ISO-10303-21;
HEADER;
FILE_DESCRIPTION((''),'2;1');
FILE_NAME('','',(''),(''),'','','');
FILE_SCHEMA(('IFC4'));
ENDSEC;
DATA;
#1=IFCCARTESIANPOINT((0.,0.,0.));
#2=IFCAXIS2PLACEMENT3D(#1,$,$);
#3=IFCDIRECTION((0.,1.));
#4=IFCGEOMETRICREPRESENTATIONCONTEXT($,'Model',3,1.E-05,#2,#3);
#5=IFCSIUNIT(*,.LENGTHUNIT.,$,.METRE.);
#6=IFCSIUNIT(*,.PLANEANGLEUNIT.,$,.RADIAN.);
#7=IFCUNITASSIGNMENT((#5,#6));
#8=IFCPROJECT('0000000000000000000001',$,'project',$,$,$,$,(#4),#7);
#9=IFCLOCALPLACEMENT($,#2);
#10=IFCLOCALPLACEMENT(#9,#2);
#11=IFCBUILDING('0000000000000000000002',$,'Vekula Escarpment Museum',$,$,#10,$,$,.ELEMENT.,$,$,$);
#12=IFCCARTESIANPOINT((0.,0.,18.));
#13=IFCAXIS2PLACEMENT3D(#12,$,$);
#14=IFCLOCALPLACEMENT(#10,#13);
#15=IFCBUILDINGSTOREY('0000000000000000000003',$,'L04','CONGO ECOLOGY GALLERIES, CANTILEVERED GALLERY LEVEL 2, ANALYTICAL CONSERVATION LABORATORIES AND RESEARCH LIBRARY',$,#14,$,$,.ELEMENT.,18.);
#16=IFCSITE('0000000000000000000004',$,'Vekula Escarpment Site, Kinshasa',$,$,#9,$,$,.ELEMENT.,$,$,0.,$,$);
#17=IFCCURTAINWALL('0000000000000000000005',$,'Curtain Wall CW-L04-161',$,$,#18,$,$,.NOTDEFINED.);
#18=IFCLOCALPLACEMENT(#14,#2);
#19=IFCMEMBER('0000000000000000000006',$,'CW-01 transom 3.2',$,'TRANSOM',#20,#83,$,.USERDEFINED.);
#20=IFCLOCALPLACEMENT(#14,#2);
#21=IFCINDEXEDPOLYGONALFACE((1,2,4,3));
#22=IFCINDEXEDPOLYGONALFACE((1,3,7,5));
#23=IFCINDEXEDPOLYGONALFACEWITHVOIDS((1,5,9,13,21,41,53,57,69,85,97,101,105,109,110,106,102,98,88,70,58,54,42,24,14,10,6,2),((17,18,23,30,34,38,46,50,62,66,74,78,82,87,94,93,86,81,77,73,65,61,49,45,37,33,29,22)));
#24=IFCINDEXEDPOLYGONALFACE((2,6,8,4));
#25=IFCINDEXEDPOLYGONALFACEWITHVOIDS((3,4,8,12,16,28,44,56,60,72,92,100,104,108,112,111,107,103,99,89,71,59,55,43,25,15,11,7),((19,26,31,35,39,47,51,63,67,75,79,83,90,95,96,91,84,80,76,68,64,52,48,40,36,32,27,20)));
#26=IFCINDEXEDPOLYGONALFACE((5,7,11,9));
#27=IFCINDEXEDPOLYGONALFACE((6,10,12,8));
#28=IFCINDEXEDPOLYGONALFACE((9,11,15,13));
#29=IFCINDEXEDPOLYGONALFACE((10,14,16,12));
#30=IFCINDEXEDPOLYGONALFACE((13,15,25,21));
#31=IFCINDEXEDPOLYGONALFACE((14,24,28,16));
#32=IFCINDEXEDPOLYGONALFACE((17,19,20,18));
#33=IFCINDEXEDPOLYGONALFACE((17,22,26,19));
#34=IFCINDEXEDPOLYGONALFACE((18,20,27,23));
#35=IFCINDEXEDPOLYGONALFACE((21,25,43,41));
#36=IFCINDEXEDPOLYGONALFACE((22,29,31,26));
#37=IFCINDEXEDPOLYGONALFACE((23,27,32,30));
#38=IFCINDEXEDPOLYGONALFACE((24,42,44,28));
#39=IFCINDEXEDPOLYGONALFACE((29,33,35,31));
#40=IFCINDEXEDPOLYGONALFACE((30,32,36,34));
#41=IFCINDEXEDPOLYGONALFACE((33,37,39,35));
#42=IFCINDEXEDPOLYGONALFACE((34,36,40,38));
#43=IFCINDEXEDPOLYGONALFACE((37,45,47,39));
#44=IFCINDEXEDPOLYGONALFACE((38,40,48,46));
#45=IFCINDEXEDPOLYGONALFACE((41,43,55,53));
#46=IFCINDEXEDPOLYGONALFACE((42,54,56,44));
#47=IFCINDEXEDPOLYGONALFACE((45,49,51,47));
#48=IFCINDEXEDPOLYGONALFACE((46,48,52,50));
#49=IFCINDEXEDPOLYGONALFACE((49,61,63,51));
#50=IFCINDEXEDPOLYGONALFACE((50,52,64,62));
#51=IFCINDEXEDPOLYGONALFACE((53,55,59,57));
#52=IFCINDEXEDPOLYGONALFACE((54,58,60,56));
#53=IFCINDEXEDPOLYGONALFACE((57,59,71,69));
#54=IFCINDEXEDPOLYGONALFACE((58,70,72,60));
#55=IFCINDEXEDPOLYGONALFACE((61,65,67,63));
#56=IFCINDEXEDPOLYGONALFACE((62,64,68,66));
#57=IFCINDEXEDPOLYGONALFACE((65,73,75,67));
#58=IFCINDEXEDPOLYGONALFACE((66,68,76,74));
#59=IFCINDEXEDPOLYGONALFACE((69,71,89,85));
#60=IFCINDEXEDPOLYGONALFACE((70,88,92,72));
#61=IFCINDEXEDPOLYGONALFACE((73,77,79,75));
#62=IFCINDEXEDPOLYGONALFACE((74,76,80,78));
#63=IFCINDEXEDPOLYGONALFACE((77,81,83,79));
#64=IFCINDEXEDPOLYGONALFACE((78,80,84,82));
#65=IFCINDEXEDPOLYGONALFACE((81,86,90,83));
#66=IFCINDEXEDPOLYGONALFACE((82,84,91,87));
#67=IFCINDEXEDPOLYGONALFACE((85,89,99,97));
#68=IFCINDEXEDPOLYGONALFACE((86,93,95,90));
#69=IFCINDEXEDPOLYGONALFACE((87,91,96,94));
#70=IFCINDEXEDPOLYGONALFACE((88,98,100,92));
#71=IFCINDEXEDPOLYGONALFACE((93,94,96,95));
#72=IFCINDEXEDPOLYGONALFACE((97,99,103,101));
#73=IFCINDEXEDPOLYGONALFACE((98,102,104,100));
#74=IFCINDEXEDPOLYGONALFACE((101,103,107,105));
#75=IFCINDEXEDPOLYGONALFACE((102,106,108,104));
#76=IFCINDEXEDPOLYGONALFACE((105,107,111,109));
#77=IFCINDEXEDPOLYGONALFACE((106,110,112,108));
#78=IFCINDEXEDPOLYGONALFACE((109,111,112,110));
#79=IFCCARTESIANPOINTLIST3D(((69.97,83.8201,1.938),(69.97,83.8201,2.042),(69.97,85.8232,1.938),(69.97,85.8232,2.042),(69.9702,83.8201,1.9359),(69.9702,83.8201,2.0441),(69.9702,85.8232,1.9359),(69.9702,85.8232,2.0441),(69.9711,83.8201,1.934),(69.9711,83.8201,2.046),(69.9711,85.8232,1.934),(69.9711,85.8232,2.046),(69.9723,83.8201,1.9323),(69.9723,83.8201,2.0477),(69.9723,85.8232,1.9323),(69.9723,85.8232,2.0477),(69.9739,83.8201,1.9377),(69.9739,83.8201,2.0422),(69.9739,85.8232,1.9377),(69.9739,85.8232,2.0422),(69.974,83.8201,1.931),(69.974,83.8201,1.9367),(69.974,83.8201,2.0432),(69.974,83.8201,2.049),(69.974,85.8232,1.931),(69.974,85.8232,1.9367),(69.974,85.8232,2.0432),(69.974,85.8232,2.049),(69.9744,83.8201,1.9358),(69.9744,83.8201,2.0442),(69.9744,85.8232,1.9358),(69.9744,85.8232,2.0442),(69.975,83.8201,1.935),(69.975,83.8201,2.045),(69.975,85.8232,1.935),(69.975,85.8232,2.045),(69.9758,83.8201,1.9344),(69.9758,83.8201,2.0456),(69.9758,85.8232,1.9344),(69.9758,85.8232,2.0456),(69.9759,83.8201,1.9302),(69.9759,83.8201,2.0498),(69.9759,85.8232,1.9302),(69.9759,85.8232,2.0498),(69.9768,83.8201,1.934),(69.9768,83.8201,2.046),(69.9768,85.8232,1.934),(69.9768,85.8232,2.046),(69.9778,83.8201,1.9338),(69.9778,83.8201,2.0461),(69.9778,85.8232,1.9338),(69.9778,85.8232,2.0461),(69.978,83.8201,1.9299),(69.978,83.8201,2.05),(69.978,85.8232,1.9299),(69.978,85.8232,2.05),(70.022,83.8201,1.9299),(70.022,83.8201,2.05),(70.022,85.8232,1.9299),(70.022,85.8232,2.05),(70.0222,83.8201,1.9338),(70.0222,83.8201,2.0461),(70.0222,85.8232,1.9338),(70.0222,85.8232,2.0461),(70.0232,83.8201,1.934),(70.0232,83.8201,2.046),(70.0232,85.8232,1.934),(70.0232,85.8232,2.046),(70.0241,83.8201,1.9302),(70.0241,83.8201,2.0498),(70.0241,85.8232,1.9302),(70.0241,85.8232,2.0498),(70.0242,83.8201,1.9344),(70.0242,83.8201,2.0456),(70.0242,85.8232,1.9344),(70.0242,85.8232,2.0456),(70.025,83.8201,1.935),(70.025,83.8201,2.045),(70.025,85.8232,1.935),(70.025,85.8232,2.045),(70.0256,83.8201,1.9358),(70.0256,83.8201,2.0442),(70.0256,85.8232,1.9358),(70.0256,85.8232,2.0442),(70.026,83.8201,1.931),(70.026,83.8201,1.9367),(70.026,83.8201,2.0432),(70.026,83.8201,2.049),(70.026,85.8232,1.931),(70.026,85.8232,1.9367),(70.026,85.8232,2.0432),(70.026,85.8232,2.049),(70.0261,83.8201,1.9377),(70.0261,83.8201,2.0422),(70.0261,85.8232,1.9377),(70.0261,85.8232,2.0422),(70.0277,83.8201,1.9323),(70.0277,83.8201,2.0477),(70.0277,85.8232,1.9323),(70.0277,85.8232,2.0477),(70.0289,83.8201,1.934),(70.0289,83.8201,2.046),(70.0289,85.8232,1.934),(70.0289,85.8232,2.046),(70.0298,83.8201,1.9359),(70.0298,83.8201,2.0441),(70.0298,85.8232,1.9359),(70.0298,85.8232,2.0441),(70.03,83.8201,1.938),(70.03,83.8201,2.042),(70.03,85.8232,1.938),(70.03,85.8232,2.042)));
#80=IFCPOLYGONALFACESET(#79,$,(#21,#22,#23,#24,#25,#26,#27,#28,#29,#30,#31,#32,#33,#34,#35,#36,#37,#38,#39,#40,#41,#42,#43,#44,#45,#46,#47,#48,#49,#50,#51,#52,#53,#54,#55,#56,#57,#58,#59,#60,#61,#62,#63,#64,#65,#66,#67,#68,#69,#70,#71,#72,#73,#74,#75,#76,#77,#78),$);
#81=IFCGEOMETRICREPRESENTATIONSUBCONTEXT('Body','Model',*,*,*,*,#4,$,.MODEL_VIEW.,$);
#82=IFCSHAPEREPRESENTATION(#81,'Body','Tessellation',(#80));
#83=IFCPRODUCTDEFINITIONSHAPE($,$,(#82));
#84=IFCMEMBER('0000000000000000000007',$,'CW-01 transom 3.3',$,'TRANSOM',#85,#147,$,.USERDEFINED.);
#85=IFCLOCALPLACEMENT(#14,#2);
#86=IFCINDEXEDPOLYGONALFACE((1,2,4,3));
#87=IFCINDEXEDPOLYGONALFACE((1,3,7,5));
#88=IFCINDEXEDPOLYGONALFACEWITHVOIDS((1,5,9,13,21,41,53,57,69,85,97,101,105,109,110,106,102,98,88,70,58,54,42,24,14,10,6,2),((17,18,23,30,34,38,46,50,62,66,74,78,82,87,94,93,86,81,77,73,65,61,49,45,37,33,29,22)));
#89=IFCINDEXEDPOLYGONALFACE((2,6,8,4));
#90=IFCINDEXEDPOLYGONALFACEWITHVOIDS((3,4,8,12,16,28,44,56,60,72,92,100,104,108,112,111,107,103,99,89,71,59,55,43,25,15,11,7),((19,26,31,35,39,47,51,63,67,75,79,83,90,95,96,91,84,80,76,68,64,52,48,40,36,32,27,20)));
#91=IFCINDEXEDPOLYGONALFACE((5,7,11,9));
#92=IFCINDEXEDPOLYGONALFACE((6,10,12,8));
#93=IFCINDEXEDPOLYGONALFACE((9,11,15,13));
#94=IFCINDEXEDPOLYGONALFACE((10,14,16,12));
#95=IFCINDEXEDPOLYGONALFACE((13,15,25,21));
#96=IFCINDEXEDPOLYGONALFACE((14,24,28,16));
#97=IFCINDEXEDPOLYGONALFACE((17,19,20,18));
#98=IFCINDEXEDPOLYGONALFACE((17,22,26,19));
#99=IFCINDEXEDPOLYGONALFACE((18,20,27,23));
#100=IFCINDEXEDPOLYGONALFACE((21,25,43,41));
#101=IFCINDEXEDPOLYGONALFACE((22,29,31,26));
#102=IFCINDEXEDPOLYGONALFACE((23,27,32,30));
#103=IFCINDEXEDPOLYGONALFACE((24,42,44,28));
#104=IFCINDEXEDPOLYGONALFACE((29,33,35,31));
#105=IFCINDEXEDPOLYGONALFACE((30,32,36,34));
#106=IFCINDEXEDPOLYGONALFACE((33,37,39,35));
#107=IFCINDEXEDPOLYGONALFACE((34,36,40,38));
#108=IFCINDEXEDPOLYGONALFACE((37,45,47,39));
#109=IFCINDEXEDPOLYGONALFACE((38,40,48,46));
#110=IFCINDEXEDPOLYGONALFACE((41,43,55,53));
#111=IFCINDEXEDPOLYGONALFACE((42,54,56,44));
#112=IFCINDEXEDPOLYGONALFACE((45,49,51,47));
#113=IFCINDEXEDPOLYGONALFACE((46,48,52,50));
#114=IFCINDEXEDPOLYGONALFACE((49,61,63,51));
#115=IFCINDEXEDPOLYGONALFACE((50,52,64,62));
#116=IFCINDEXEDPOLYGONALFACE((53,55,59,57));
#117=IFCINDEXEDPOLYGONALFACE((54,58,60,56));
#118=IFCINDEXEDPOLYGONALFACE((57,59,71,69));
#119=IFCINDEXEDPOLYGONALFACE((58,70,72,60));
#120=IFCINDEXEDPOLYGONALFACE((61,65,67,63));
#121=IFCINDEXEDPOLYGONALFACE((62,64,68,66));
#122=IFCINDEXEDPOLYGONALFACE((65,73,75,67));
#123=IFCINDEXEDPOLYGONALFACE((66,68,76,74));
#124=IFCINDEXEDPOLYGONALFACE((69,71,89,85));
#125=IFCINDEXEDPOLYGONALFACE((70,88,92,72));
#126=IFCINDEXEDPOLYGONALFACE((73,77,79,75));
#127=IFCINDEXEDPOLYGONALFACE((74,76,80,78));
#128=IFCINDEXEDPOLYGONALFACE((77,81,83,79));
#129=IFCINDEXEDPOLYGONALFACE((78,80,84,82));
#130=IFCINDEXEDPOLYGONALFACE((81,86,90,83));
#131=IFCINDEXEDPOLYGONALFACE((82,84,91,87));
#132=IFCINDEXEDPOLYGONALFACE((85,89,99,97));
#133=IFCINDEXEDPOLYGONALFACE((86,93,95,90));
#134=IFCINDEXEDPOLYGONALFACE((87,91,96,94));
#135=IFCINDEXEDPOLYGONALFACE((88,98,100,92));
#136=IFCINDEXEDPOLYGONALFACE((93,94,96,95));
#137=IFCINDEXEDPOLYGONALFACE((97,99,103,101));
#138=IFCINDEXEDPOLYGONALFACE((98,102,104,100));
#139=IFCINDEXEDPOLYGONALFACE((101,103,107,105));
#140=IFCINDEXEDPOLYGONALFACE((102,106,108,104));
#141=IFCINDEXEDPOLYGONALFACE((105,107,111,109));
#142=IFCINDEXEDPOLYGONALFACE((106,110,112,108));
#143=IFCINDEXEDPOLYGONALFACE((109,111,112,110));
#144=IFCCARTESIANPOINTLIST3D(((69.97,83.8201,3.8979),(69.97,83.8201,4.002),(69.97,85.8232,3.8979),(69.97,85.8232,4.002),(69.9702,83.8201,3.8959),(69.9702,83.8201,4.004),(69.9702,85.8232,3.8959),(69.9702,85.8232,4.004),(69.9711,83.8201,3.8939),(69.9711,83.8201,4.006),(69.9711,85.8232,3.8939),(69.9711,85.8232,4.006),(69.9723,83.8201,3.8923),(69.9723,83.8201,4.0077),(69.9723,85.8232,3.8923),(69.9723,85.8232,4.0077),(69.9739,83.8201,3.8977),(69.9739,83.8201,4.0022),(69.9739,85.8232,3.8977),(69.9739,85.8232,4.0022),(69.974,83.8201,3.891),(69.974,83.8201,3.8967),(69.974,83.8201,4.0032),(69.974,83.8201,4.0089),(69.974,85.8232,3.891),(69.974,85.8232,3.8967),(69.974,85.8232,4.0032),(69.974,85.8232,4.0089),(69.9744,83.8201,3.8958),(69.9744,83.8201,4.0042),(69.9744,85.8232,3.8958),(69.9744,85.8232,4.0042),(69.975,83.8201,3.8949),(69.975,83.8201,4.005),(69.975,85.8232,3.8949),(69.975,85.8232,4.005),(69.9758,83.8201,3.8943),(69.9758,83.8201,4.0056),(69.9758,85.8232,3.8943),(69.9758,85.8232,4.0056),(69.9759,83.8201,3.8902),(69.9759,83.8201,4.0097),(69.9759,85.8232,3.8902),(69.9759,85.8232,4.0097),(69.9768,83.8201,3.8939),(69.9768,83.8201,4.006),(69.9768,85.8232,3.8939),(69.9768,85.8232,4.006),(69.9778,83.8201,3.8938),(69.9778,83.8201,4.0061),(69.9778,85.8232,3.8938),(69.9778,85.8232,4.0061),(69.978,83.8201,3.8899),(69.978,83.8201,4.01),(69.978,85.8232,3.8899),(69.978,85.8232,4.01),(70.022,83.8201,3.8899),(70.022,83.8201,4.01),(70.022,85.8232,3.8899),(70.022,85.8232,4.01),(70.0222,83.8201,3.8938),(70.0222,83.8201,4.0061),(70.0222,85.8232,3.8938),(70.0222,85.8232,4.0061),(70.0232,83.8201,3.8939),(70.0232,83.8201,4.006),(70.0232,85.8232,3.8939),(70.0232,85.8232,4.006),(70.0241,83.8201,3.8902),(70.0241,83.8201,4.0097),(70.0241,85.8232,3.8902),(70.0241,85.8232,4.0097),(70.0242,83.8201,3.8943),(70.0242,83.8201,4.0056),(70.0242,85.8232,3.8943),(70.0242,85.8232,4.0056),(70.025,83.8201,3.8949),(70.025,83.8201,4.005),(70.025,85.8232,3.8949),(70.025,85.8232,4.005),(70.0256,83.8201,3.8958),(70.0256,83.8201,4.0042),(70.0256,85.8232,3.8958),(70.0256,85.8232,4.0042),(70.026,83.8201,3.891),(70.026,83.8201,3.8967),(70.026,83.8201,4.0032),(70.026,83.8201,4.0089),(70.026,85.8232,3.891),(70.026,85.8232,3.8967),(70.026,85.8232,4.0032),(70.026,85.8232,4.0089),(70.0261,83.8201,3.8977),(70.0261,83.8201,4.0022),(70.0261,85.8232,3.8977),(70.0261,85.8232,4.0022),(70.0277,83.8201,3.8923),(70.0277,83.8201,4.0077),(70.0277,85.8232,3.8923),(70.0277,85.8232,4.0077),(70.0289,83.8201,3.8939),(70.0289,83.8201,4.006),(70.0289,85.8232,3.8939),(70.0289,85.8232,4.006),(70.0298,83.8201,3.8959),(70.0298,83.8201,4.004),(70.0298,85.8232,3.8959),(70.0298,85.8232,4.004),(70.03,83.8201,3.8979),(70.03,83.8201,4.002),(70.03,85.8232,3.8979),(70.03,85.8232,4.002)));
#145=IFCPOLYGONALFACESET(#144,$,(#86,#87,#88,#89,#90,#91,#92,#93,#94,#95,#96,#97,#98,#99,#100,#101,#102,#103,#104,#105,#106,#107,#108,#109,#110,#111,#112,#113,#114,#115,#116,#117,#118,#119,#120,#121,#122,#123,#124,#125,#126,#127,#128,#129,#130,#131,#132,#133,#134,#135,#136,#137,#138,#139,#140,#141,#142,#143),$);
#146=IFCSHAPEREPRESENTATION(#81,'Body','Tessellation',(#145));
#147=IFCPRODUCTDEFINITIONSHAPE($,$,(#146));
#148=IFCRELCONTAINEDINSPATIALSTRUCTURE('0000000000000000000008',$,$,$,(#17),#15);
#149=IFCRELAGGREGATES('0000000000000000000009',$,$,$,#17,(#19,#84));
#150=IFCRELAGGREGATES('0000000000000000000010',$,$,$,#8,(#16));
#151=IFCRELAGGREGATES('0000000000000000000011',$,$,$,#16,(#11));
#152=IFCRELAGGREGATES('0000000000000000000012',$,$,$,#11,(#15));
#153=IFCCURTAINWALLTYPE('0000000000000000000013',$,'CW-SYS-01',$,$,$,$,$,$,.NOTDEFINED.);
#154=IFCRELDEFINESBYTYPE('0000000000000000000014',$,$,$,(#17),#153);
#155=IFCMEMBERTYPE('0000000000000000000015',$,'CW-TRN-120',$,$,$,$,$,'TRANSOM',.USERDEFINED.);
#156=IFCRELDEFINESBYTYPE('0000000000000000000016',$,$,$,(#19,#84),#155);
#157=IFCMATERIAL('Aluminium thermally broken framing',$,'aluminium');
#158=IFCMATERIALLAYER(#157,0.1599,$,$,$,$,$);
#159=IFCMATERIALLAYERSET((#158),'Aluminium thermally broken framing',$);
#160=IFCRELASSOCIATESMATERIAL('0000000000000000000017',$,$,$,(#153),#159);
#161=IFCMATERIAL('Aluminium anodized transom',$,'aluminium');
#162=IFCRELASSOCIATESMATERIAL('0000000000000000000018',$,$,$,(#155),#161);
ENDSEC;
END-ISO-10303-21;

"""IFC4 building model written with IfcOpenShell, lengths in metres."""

from ifc_helpers import new_model, si_unit, direction, frame, origin, origin_2d, place, context, subcontext, project, spatial, hollow_rectangle, extrude, material, layer, layer_set, material_profile, profile_set, type_object, element, aggregate, save


model = new_model("IFC4")

# Units and contexts
model_context = context("Model", 3, precision=1e-05, world=origin(), true_north=direction((0.0, 1.0)))
body_context = subcontext(model_context, "Body", "Model", "MODEL_VIEW")
ifc_project = project(units=[si_unit("LENGTHUNIT", "METRE"), si_unit("PLANEANGLEUNIT", "RADIAN")], contexts=[model_context])

# Site, building, storey
site_placement = place(None, origin())
site = spatial("IfcSite", under=ifc_project, at=site_placement, Name="Vekula Escarpment Site, Kinshasa", CompositionType="ELEMENT", RefElevation=0.0)
building_placement = place(site_placement, origin())
building = spatial("IfcBuilding", under=site, at=building_placement, Name="Vekula Escarpment Museum", CompositionType="ELEMENT")
storey_placement = place(building_placement, frame((0.0, 0.0, 18.0)))
storey = spatial("IfcBuildingStorey", under=building, at=storey_placement, Name="L04", Description="CONGO ECOLOGY GALLERIES, CANTILEVERED GALLERY LEVEL 2, ANALYTICAL CONSERVATION LABORATORIES AND RESEARCH LIBRARY", CompositionType="ELEMENT", Elevation=18.0)

# Curtain wall, members
ifc_material_1 = material(Name="Aluminium thermally broken framing", Category="aluminium")
ifc_layer_1 = layer(ifc_material_1, 0.1599)
ifc_layer_set_1 = layer_set([ifc_layer_1], Name="Aluminium thermally broken framing")
curtain_wall_type = type_object("IfcCurtainWallType", Name="CW-SYS-01", PredefinedType="NOTDEFINED", material=ifc_layer_set_1)
curtain_wall_placement = place(storey_placement, origin())
curtain_wall = element("IfcCurtainWall", 1, at=curtain_wall_placement, inside=storey, type_object=curtain_wall_type, Name="Curtain Wall CW-L04-161", PredefinedType="NOTDEFINED")
ifc_material_2 = material(Name="Aluminium anodized transom", Category="aluminium")
ifc_material_profile_1 = material_profile(ifc_material_2, hollow_rectangle(XDim=0.0601, YDim=0.1201, WallThickness=0.0039, InnerFilletRadius=0.0039, OuterFilletRadius=0.0081, at=origin_2d()), Name="ALU 120x60x4")
ifc_profile_set_1 = profile_set([ifc_material_profile_1], Name="Aluminium anodized transom")
member_type_1 = type_object("IfcMemberType", Name="CW-TRN-120", ElementType="TRANSOM", PredefinedType="USERDEFINED", material=ifc_profile_set_1)
member_1_placement = place(storey_placement, frame((70.0, 85.8232, 1.99), z_axis=(0.0, -1.0, 0.0), x_axis=(1.0, 0.0, 0.0)))
member_1 = element("IfcMember", 2, at=member_1_placement, type_object=member_type_1, Name="CW-01 transom 3.2", ObjectType="TRANSOM", PredefinedType="USERDEFINED", context=body_context, shape_type="SweptSolid", body=[
    extrude(hollow_rectangle(XDim=0.0601, YDim=0.1201, WallThickness=0.0039, InnerFilletRadius=0.0039, OuterFilletRadius=0.0081, at=origin_2d()), origin(), (0.0, 0.0, 1.0), 2.0032),
])
member_2_placement = place(storey_placement, frame((70.0, 85.8232, 3.95), z_axis=(0.0, -1.0, 0.0), x_axis=(1.0, 0.0, 0.0)))
member_2 = element("IfcMember", 3, at=member_2_placement, type_object=member_type_1, Name="CW-01 transom 3.3", ObjectType="TRANSOM", PredefinedType="USERDEFINED", context=body_context, shape_type="SweptSolid", body=[
    extrude(hollow_rectangle(XDim=0.0601, YDim=0.1201, WallThickness=0.0039, InnerFilletRadius=0.0039, OuterFilletRadius=0.0081, at=origin_2d()), origin(), (0.0, 0.0, 1.0), 2.0032),
])

aggregate(curtain_wall, [member_1, member_2])

save(model, "model.ifc")
